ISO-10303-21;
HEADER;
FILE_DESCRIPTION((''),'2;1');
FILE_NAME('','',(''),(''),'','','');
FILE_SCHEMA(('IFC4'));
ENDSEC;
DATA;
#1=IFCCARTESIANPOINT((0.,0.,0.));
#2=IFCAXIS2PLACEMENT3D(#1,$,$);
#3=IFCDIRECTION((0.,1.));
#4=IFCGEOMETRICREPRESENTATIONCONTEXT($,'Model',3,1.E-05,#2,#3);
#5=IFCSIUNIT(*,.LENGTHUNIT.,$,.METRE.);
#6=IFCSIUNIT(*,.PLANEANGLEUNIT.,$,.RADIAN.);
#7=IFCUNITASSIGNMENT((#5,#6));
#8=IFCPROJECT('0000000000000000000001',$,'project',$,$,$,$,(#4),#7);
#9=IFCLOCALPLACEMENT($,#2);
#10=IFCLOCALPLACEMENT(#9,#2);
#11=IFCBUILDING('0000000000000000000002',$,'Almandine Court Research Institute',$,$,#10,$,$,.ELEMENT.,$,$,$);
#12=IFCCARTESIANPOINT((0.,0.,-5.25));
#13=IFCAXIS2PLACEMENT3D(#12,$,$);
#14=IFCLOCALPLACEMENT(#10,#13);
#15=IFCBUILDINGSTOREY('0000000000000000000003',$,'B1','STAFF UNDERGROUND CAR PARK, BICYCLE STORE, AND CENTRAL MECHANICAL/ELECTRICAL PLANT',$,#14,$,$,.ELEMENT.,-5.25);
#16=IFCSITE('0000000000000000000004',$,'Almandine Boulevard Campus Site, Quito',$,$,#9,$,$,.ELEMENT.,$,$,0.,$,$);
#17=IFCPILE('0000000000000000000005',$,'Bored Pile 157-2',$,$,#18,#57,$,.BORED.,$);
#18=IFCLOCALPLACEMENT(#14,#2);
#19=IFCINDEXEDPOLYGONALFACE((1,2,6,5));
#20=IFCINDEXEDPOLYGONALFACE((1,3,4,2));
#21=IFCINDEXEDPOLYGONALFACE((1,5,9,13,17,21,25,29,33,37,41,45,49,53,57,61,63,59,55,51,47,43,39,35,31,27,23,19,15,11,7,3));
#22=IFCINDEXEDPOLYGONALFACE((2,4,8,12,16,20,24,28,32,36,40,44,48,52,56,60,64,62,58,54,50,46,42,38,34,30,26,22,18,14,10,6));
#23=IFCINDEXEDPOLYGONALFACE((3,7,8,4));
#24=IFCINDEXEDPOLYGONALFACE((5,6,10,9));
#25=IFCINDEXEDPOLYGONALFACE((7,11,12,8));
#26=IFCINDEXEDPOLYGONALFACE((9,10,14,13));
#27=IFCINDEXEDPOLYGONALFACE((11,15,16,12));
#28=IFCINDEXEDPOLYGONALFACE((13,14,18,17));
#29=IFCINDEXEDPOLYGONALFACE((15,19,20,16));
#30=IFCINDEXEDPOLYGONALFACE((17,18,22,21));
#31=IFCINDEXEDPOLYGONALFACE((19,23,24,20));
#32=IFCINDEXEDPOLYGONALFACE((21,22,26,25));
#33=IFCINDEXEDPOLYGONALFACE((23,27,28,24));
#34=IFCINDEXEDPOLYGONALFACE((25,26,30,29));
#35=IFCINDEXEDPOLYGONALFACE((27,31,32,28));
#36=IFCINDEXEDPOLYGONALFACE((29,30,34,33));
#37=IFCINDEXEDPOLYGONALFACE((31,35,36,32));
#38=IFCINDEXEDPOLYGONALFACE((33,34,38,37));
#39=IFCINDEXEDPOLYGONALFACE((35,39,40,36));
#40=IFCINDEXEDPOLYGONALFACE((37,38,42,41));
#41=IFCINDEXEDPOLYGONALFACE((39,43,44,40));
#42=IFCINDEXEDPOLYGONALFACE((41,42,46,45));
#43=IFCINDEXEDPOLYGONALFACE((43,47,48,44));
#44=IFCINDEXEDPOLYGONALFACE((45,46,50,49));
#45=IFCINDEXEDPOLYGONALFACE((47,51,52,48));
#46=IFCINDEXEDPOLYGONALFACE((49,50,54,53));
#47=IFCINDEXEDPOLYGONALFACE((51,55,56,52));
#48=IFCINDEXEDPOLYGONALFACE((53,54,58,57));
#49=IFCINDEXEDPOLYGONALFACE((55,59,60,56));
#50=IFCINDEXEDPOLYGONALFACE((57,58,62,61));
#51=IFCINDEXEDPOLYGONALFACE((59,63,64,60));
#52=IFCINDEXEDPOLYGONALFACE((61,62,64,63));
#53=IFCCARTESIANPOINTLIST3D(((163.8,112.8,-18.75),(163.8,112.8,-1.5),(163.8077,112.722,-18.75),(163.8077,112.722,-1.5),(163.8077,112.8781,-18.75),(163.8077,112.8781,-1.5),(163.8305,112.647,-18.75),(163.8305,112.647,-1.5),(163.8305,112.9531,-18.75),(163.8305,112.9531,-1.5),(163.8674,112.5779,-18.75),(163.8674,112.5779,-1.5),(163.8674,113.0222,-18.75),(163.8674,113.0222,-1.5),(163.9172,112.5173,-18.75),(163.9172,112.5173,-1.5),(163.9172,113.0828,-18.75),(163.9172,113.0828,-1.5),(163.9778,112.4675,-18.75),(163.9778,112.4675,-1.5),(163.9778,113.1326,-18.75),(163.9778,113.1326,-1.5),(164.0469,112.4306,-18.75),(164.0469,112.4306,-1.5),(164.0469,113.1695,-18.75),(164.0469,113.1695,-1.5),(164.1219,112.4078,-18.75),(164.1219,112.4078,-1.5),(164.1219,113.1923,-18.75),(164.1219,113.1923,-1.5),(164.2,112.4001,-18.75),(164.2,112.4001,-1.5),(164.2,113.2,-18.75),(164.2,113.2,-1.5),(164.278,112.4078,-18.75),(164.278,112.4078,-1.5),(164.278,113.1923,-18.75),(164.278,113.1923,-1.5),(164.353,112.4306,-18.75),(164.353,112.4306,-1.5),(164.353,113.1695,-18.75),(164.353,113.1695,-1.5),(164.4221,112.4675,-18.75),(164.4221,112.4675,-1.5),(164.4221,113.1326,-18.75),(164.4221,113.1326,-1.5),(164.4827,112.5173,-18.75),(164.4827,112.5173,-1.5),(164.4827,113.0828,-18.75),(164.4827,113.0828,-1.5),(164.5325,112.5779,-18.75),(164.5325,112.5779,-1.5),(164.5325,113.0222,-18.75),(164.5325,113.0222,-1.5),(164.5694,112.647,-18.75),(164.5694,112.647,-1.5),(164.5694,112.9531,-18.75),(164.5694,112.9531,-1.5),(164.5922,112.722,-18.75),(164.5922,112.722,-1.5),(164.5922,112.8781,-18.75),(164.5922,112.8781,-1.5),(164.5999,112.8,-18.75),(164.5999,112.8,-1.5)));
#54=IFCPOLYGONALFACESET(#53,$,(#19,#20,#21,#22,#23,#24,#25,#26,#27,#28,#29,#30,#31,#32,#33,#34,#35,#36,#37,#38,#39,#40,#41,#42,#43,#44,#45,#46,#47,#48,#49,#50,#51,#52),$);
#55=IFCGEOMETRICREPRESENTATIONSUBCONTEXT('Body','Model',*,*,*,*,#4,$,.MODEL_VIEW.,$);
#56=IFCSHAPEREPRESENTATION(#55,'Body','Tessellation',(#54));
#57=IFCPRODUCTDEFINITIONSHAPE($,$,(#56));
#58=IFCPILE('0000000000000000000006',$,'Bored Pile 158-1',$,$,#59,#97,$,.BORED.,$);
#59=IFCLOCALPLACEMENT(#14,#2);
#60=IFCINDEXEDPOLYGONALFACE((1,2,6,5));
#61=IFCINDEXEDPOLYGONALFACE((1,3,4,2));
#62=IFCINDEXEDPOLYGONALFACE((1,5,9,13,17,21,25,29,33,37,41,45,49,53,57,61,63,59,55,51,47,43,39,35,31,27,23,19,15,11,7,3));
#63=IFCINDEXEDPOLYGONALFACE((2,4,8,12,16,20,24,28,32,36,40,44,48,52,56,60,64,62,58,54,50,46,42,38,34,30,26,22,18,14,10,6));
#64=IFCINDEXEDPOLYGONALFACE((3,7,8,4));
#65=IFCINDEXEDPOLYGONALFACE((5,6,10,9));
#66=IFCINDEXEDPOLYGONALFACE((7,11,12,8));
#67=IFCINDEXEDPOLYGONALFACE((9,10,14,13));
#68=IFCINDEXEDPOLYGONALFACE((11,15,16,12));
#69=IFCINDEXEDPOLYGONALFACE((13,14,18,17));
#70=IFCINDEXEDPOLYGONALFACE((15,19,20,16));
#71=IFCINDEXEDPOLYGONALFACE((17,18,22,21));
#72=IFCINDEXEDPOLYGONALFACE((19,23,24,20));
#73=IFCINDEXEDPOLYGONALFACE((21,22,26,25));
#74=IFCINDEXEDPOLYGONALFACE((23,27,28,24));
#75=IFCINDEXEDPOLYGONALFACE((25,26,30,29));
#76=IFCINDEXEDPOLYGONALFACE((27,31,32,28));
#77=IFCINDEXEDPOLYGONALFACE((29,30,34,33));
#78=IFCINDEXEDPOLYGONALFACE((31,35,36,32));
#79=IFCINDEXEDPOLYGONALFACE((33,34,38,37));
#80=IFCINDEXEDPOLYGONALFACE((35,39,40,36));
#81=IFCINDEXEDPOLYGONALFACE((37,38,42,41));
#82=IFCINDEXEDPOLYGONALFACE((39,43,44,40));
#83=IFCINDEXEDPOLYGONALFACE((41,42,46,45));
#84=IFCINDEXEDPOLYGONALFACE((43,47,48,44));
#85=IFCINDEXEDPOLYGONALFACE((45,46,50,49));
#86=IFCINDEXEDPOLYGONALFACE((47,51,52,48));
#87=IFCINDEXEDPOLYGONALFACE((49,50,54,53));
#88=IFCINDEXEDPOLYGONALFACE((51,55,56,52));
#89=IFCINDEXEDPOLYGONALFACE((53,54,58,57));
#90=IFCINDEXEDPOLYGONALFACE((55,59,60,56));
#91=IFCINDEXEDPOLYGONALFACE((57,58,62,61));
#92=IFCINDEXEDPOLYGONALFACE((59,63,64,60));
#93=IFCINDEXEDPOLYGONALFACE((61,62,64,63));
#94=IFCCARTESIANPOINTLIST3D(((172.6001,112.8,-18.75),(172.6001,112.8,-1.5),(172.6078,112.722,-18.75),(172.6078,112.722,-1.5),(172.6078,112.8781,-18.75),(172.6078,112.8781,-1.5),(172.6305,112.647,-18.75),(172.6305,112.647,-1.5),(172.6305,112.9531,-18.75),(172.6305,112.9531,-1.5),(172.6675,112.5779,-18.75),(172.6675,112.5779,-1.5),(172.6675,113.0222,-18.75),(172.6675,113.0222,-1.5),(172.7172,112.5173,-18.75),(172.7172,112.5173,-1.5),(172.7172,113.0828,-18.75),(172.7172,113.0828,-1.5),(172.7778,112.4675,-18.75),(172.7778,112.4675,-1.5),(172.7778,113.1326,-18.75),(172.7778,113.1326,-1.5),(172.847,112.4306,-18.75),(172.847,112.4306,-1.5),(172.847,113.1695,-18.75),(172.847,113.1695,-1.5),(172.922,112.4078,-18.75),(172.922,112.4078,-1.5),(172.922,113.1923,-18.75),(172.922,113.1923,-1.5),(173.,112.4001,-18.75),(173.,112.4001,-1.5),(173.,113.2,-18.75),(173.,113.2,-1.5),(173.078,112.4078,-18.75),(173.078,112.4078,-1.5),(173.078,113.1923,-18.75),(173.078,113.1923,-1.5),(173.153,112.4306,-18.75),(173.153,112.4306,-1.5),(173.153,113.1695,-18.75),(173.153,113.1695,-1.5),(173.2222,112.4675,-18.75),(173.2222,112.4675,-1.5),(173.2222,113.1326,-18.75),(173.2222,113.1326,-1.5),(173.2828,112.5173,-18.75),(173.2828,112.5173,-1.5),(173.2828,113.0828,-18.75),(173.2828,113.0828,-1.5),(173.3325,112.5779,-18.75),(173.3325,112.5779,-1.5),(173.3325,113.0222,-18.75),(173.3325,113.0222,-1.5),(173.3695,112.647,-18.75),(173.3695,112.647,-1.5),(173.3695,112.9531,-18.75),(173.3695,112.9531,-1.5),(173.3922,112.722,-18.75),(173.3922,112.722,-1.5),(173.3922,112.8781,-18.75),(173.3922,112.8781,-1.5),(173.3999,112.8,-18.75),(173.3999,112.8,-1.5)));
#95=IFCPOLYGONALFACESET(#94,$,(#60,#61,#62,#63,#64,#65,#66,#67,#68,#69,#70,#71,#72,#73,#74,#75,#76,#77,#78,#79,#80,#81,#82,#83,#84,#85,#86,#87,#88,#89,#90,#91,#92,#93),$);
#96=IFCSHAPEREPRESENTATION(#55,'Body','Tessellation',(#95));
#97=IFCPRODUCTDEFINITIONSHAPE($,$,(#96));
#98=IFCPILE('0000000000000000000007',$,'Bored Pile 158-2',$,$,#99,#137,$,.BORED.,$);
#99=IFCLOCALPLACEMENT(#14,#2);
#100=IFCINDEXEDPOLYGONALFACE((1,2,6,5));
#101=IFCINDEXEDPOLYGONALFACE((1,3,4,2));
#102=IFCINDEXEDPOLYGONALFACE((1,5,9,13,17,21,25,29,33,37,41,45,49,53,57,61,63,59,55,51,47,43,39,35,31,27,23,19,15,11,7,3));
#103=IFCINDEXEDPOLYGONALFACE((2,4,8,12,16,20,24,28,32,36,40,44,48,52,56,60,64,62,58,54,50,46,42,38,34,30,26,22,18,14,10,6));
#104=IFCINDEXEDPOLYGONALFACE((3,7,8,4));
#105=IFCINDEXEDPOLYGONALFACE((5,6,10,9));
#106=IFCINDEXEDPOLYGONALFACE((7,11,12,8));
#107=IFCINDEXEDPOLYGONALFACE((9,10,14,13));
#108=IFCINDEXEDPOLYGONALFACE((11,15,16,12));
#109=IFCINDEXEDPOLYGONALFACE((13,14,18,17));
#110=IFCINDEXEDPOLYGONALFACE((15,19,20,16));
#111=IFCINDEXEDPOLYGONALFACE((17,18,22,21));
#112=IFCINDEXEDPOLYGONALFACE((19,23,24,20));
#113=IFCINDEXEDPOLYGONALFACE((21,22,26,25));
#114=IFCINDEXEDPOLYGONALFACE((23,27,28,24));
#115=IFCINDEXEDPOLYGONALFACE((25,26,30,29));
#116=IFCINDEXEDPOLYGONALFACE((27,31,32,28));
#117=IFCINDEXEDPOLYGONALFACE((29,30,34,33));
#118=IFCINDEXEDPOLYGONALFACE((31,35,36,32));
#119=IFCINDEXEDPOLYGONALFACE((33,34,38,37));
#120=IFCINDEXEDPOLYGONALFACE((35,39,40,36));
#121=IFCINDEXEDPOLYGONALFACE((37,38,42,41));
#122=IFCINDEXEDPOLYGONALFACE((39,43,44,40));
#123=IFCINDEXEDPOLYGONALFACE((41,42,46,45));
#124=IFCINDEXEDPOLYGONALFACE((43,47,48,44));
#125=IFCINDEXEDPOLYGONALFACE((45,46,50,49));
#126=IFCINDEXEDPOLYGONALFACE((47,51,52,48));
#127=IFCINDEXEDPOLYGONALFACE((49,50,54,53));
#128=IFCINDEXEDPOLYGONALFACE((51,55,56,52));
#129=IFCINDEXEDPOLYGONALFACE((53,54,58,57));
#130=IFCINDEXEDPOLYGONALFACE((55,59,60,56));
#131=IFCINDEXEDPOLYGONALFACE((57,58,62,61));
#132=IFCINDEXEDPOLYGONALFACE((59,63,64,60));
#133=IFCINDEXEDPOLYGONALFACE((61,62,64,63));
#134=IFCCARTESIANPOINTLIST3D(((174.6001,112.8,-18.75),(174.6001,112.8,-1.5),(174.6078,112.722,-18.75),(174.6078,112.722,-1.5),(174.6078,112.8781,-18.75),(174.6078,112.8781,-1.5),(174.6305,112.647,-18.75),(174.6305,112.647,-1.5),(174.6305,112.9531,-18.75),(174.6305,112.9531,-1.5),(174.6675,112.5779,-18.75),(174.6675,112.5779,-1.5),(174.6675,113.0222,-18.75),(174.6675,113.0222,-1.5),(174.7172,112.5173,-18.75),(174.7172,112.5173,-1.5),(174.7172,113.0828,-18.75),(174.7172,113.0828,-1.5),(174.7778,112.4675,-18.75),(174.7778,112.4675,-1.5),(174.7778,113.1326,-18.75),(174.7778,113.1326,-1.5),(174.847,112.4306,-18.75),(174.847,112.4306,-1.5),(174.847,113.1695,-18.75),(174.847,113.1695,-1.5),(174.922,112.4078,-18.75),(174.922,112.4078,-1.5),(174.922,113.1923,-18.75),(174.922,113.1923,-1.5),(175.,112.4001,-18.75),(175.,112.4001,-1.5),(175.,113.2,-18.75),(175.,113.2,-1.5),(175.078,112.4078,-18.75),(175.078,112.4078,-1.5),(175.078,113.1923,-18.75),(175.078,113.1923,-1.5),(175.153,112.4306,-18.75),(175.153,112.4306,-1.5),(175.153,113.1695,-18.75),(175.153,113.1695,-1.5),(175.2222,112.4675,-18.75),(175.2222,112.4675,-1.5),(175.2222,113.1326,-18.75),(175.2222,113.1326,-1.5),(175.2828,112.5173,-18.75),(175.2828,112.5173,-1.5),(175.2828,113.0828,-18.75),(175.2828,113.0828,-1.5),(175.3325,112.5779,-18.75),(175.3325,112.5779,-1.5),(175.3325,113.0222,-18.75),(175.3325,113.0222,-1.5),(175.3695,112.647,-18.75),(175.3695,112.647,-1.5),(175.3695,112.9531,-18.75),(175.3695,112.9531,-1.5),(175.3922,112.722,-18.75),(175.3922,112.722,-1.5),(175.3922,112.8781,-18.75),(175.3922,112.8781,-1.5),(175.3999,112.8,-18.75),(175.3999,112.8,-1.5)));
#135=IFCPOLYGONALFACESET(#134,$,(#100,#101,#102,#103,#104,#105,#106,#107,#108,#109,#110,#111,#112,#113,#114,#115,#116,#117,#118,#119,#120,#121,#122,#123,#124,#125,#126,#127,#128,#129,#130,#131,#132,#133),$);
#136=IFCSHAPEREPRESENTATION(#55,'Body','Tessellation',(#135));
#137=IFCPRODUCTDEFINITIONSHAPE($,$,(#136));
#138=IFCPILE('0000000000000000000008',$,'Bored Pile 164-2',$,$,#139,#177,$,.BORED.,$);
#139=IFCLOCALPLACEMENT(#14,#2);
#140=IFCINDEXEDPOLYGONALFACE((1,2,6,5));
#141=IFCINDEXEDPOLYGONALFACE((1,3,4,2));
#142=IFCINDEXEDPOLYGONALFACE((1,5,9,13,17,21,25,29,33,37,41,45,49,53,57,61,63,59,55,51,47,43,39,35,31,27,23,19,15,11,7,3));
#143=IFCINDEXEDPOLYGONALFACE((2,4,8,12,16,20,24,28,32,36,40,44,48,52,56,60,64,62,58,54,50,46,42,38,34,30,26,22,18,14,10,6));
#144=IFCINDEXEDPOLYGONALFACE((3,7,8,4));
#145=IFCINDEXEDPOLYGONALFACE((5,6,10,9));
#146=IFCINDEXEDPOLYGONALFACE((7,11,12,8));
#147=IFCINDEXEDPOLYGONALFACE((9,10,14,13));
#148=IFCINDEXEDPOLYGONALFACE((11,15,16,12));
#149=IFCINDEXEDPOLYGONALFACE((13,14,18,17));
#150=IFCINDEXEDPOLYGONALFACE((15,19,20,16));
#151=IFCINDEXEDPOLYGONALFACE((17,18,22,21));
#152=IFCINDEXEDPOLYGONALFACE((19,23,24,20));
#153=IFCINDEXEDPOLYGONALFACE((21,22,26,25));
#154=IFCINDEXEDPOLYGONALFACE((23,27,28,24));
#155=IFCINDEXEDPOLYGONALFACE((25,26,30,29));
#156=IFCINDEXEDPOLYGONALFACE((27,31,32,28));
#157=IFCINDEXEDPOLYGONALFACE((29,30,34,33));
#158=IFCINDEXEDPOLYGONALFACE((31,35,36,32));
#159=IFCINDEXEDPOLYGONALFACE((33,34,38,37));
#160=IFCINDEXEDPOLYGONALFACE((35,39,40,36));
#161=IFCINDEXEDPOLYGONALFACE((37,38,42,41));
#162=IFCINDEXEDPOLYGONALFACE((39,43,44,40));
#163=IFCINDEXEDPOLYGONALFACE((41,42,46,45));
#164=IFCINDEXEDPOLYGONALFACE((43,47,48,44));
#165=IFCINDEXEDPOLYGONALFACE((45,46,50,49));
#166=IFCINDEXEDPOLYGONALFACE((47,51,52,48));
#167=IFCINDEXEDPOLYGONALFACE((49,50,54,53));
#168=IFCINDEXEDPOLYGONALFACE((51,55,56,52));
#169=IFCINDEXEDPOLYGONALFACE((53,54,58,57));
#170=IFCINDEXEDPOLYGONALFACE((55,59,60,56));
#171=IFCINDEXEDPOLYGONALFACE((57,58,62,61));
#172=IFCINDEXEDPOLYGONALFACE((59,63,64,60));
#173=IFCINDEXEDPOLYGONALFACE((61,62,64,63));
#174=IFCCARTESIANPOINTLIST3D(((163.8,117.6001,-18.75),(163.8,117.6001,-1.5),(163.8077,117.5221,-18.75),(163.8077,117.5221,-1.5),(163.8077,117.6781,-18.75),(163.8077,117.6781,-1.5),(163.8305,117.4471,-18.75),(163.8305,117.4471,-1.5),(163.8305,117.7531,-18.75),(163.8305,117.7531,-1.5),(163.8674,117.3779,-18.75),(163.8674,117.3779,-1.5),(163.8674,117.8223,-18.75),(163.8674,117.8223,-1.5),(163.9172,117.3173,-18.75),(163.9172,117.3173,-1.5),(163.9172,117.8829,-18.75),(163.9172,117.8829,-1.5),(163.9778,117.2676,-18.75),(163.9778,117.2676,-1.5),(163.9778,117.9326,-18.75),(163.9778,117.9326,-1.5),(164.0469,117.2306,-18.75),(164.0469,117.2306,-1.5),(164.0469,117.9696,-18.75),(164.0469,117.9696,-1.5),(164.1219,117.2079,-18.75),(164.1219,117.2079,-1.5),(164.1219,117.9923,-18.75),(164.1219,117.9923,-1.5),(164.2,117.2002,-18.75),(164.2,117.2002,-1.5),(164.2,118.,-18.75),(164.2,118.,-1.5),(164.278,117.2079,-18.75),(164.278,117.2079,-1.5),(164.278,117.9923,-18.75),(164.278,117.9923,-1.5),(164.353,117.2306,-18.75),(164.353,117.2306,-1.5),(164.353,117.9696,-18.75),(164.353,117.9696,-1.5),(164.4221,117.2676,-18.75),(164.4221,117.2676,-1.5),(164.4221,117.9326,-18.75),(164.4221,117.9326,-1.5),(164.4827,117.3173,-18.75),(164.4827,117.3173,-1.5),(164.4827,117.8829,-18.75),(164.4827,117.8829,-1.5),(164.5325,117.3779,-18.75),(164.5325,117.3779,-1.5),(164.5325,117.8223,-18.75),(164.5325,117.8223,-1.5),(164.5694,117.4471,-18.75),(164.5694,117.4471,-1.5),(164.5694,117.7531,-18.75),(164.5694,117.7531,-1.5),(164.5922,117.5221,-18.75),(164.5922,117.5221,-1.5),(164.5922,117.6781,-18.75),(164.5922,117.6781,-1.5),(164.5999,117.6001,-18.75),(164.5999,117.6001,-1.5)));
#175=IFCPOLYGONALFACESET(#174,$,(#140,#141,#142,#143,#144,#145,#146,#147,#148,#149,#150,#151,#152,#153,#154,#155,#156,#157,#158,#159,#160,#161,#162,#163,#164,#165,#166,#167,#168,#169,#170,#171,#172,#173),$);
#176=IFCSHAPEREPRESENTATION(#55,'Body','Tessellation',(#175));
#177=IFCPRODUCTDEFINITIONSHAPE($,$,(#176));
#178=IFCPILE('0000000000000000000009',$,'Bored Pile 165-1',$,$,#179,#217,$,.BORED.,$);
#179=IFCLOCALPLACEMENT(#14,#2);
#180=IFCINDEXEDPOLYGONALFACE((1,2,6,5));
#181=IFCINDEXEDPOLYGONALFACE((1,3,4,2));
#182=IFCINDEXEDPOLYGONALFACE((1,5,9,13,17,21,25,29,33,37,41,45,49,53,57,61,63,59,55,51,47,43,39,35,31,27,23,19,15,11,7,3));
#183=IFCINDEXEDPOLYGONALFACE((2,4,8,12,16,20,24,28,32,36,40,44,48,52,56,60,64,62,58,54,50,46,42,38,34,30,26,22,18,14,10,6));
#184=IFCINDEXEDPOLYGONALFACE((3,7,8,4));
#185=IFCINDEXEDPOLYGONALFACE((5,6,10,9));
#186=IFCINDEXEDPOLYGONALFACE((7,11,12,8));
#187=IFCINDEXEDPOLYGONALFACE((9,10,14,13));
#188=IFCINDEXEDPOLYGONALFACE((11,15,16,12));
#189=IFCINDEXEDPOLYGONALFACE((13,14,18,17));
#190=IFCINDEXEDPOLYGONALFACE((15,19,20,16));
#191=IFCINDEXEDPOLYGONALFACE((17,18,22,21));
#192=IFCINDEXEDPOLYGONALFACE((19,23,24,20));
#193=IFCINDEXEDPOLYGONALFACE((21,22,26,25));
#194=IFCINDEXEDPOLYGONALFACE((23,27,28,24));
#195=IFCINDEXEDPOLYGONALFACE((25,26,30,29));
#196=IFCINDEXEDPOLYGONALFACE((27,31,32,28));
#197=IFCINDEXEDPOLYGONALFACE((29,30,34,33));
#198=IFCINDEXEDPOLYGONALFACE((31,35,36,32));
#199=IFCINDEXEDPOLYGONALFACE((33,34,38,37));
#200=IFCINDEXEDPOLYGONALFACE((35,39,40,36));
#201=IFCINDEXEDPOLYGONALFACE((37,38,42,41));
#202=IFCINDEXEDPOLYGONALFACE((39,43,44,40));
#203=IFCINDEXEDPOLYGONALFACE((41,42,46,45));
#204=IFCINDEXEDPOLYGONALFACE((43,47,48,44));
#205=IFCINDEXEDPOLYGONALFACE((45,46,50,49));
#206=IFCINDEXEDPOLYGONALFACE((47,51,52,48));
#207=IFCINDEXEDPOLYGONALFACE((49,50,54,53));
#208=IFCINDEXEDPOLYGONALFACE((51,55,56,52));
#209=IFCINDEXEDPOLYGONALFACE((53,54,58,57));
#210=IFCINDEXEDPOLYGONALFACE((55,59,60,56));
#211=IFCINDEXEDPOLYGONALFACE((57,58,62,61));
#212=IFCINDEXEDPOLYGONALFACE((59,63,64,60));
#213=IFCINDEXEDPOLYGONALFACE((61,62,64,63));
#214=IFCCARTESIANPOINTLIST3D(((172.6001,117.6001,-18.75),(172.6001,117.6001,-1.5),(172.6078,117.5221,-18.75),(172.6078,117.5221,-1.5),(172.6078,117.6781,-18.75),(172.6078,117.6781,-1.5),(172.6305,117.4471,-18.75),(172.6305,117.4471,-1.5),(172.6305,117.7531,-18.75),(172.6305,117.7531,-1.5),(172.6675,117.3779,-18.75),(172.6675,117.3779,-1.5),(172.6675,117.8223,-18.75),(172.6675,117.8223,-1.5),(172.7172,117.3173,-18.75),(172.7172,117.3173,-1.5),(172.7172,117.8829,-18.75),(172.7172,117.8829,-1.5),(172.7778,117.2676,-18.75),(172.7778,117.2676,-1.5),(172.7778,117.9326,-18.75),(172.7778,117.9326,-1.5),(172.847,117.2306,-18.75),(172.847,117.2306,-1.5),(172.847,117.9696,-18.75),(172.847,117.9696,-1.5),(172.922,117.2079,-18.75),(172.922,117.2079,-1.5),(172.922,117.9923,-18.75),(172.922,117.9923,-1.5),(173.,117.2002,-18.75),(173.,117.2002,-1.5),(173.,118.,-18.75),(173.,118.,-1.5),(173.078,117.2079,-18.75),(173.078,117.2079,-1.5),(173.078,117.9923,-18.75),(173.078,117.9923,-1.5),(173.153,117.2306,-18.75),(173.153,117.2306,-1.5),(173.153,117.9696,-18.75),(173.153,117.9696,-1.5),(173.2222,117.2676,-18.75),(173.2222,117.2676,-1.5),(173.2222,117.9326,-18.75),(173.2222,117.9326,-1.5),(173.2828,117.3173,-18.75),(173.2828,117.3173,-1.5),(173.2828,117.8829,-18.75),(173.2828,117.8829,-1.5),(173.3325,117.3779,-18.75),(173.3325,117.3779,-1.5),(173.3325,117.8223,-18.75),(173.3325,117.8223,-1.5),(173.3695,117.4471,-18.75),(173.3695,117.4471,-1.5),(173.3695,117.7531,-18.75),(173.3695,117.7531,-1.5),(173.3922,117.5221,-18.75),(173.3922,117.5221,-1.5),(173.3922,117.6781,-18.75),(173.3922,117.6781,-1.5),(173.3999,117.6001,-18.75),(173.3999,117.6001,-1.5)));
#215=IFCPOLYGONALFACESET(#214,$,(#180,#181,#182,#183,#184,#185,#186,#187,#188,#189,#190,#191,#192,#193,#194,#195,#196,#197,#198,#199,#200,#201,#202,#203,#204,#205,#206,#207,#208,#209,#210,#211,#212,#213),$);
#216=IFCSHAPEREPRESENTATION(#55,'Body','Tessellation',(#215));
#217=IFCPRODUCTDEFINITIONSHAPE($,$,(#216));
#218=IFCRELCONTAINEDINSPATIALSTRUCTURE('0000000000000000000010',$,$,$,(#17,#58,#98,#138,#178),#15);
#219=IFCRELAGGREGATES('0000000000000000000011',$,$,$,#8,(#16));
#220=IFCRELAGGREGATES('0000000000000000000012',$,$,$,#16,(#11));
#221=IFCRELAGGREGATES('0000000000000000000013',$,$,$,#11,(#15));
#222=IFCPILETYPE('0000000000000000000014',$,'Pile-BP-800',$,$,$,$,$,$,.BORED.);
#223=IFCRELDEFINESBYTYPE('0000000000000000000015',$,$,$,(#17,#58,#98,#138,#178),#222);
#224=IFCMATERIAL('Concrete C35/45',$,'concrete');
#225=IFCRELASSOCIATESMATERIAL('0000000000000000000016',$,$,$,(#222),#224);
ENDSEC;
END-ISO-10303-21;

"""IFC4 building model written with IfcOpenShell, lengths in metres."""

from ifc_helpers import new_model, si_unit, direction, frame, origin, origin_2d, place, context, subcontext, project, spatial, circle, extrude, material, material_profile, profile_set, type_object, element, save


model = new_model("IFC4")

# Units and contexts
model_context = context("Model", 3, precision=1e-05, world=origin(), true_north=direction((0.0, 1.0)))
body_context = subcontext(model_context, "Body", "Model", "MODEL_VIEW")
ifc_project = project(units=[si_unit("LENGTHUNIT", "METRE"), si_unit("PLANEANGLEUNIT", "RADIAN")], contexts=[model_context])

# Site, building, storey
site_placement = place(None, origin())
site = spatial("IfcSite", under=ifc_project, at=site_placement, Name="Almandine Boulevard Campus Site, Quito", CompositionType="ELEMENT", RefElevation=0.0)
building_placement = place(site_placement, origin())
building = spatial("IfcBuilding", under=site, at=building_placement, Name="Almandine Court Research Institute", CompositionType="ELEMENT")
storey_placement = place(building_placement, frame((0.0, 0.0, -5.25)))
storey = spatial("IfcBuildingStorey", under=building, at=storey_placement, Name="B1", Description="STAFF UNDERGROUND CAR PARK, BICYCLE STORE, AND CENTRAL MECHANICAL/ELECTRICAL PLANT", CompositionType="ELEMENT", Elevation=-5.25)

# Shared definitions
ifc_material_1 = material(Name="Concrete C35/45", Category="concrete")

# Piles
ifc_material_profile_1 = material_profile(ifc_material_1, circle(Radius=0.3999, at=origin_2d()), Name="BORED PILE D800")
ifc_profile_set_1 = profile_set([ifc_material_profile_1], Name="Concrete C35/45")
pile_type = type_object("IfcPileType", Name="Pile-BP-800", PredefinedType="BORED", material=ifc_profile_set_1)
for number, where, z_axis, x_axis, name in (
    (1, (164.2, 112.8, -1.5), (0.0, 0.0, -1.0), (1.0, 0.0, 0.0), "Bored Pile 157-2"),
    (2, (173.0, 112.8, -1.5), (0.0, 0.0, -1.0), (1.0, 0.0, 0.0), "Bored Pile 158-1"),
    (3, (175.0, 112.8, -1.5), (0.0, 0.0, -1.0), (1.0, 0.0, 0.0), "Bored Pile 158-2"),
    (4, (164.2, 117.6001, -1.5), (0.0, 0.0, -1.0), (1.0, 0.0, 0.0), "Bored Pile 164-2"),
    (5, (173.0, 117.6001, -1.5), (0.0, 0.0, -1.0), (1.0, 0.0, 0.0), "Bored Pile 165-1"),
):
    element("IfcPile", number, at=place(storey_placement, frame(where, z_axis=z_axis, x_axis=x_axis)), inside=storey, type_object=pile_type, Name=name, PredefinedType="BORED", context=body_context, shape_type="SweptSolid", body=[
        extrude(circle(Radius=0.3999, at=origin_2d()), origin(), (0.0, 0.0, 1.0), 17.25),
    ])

save(model, "model.ifc")
